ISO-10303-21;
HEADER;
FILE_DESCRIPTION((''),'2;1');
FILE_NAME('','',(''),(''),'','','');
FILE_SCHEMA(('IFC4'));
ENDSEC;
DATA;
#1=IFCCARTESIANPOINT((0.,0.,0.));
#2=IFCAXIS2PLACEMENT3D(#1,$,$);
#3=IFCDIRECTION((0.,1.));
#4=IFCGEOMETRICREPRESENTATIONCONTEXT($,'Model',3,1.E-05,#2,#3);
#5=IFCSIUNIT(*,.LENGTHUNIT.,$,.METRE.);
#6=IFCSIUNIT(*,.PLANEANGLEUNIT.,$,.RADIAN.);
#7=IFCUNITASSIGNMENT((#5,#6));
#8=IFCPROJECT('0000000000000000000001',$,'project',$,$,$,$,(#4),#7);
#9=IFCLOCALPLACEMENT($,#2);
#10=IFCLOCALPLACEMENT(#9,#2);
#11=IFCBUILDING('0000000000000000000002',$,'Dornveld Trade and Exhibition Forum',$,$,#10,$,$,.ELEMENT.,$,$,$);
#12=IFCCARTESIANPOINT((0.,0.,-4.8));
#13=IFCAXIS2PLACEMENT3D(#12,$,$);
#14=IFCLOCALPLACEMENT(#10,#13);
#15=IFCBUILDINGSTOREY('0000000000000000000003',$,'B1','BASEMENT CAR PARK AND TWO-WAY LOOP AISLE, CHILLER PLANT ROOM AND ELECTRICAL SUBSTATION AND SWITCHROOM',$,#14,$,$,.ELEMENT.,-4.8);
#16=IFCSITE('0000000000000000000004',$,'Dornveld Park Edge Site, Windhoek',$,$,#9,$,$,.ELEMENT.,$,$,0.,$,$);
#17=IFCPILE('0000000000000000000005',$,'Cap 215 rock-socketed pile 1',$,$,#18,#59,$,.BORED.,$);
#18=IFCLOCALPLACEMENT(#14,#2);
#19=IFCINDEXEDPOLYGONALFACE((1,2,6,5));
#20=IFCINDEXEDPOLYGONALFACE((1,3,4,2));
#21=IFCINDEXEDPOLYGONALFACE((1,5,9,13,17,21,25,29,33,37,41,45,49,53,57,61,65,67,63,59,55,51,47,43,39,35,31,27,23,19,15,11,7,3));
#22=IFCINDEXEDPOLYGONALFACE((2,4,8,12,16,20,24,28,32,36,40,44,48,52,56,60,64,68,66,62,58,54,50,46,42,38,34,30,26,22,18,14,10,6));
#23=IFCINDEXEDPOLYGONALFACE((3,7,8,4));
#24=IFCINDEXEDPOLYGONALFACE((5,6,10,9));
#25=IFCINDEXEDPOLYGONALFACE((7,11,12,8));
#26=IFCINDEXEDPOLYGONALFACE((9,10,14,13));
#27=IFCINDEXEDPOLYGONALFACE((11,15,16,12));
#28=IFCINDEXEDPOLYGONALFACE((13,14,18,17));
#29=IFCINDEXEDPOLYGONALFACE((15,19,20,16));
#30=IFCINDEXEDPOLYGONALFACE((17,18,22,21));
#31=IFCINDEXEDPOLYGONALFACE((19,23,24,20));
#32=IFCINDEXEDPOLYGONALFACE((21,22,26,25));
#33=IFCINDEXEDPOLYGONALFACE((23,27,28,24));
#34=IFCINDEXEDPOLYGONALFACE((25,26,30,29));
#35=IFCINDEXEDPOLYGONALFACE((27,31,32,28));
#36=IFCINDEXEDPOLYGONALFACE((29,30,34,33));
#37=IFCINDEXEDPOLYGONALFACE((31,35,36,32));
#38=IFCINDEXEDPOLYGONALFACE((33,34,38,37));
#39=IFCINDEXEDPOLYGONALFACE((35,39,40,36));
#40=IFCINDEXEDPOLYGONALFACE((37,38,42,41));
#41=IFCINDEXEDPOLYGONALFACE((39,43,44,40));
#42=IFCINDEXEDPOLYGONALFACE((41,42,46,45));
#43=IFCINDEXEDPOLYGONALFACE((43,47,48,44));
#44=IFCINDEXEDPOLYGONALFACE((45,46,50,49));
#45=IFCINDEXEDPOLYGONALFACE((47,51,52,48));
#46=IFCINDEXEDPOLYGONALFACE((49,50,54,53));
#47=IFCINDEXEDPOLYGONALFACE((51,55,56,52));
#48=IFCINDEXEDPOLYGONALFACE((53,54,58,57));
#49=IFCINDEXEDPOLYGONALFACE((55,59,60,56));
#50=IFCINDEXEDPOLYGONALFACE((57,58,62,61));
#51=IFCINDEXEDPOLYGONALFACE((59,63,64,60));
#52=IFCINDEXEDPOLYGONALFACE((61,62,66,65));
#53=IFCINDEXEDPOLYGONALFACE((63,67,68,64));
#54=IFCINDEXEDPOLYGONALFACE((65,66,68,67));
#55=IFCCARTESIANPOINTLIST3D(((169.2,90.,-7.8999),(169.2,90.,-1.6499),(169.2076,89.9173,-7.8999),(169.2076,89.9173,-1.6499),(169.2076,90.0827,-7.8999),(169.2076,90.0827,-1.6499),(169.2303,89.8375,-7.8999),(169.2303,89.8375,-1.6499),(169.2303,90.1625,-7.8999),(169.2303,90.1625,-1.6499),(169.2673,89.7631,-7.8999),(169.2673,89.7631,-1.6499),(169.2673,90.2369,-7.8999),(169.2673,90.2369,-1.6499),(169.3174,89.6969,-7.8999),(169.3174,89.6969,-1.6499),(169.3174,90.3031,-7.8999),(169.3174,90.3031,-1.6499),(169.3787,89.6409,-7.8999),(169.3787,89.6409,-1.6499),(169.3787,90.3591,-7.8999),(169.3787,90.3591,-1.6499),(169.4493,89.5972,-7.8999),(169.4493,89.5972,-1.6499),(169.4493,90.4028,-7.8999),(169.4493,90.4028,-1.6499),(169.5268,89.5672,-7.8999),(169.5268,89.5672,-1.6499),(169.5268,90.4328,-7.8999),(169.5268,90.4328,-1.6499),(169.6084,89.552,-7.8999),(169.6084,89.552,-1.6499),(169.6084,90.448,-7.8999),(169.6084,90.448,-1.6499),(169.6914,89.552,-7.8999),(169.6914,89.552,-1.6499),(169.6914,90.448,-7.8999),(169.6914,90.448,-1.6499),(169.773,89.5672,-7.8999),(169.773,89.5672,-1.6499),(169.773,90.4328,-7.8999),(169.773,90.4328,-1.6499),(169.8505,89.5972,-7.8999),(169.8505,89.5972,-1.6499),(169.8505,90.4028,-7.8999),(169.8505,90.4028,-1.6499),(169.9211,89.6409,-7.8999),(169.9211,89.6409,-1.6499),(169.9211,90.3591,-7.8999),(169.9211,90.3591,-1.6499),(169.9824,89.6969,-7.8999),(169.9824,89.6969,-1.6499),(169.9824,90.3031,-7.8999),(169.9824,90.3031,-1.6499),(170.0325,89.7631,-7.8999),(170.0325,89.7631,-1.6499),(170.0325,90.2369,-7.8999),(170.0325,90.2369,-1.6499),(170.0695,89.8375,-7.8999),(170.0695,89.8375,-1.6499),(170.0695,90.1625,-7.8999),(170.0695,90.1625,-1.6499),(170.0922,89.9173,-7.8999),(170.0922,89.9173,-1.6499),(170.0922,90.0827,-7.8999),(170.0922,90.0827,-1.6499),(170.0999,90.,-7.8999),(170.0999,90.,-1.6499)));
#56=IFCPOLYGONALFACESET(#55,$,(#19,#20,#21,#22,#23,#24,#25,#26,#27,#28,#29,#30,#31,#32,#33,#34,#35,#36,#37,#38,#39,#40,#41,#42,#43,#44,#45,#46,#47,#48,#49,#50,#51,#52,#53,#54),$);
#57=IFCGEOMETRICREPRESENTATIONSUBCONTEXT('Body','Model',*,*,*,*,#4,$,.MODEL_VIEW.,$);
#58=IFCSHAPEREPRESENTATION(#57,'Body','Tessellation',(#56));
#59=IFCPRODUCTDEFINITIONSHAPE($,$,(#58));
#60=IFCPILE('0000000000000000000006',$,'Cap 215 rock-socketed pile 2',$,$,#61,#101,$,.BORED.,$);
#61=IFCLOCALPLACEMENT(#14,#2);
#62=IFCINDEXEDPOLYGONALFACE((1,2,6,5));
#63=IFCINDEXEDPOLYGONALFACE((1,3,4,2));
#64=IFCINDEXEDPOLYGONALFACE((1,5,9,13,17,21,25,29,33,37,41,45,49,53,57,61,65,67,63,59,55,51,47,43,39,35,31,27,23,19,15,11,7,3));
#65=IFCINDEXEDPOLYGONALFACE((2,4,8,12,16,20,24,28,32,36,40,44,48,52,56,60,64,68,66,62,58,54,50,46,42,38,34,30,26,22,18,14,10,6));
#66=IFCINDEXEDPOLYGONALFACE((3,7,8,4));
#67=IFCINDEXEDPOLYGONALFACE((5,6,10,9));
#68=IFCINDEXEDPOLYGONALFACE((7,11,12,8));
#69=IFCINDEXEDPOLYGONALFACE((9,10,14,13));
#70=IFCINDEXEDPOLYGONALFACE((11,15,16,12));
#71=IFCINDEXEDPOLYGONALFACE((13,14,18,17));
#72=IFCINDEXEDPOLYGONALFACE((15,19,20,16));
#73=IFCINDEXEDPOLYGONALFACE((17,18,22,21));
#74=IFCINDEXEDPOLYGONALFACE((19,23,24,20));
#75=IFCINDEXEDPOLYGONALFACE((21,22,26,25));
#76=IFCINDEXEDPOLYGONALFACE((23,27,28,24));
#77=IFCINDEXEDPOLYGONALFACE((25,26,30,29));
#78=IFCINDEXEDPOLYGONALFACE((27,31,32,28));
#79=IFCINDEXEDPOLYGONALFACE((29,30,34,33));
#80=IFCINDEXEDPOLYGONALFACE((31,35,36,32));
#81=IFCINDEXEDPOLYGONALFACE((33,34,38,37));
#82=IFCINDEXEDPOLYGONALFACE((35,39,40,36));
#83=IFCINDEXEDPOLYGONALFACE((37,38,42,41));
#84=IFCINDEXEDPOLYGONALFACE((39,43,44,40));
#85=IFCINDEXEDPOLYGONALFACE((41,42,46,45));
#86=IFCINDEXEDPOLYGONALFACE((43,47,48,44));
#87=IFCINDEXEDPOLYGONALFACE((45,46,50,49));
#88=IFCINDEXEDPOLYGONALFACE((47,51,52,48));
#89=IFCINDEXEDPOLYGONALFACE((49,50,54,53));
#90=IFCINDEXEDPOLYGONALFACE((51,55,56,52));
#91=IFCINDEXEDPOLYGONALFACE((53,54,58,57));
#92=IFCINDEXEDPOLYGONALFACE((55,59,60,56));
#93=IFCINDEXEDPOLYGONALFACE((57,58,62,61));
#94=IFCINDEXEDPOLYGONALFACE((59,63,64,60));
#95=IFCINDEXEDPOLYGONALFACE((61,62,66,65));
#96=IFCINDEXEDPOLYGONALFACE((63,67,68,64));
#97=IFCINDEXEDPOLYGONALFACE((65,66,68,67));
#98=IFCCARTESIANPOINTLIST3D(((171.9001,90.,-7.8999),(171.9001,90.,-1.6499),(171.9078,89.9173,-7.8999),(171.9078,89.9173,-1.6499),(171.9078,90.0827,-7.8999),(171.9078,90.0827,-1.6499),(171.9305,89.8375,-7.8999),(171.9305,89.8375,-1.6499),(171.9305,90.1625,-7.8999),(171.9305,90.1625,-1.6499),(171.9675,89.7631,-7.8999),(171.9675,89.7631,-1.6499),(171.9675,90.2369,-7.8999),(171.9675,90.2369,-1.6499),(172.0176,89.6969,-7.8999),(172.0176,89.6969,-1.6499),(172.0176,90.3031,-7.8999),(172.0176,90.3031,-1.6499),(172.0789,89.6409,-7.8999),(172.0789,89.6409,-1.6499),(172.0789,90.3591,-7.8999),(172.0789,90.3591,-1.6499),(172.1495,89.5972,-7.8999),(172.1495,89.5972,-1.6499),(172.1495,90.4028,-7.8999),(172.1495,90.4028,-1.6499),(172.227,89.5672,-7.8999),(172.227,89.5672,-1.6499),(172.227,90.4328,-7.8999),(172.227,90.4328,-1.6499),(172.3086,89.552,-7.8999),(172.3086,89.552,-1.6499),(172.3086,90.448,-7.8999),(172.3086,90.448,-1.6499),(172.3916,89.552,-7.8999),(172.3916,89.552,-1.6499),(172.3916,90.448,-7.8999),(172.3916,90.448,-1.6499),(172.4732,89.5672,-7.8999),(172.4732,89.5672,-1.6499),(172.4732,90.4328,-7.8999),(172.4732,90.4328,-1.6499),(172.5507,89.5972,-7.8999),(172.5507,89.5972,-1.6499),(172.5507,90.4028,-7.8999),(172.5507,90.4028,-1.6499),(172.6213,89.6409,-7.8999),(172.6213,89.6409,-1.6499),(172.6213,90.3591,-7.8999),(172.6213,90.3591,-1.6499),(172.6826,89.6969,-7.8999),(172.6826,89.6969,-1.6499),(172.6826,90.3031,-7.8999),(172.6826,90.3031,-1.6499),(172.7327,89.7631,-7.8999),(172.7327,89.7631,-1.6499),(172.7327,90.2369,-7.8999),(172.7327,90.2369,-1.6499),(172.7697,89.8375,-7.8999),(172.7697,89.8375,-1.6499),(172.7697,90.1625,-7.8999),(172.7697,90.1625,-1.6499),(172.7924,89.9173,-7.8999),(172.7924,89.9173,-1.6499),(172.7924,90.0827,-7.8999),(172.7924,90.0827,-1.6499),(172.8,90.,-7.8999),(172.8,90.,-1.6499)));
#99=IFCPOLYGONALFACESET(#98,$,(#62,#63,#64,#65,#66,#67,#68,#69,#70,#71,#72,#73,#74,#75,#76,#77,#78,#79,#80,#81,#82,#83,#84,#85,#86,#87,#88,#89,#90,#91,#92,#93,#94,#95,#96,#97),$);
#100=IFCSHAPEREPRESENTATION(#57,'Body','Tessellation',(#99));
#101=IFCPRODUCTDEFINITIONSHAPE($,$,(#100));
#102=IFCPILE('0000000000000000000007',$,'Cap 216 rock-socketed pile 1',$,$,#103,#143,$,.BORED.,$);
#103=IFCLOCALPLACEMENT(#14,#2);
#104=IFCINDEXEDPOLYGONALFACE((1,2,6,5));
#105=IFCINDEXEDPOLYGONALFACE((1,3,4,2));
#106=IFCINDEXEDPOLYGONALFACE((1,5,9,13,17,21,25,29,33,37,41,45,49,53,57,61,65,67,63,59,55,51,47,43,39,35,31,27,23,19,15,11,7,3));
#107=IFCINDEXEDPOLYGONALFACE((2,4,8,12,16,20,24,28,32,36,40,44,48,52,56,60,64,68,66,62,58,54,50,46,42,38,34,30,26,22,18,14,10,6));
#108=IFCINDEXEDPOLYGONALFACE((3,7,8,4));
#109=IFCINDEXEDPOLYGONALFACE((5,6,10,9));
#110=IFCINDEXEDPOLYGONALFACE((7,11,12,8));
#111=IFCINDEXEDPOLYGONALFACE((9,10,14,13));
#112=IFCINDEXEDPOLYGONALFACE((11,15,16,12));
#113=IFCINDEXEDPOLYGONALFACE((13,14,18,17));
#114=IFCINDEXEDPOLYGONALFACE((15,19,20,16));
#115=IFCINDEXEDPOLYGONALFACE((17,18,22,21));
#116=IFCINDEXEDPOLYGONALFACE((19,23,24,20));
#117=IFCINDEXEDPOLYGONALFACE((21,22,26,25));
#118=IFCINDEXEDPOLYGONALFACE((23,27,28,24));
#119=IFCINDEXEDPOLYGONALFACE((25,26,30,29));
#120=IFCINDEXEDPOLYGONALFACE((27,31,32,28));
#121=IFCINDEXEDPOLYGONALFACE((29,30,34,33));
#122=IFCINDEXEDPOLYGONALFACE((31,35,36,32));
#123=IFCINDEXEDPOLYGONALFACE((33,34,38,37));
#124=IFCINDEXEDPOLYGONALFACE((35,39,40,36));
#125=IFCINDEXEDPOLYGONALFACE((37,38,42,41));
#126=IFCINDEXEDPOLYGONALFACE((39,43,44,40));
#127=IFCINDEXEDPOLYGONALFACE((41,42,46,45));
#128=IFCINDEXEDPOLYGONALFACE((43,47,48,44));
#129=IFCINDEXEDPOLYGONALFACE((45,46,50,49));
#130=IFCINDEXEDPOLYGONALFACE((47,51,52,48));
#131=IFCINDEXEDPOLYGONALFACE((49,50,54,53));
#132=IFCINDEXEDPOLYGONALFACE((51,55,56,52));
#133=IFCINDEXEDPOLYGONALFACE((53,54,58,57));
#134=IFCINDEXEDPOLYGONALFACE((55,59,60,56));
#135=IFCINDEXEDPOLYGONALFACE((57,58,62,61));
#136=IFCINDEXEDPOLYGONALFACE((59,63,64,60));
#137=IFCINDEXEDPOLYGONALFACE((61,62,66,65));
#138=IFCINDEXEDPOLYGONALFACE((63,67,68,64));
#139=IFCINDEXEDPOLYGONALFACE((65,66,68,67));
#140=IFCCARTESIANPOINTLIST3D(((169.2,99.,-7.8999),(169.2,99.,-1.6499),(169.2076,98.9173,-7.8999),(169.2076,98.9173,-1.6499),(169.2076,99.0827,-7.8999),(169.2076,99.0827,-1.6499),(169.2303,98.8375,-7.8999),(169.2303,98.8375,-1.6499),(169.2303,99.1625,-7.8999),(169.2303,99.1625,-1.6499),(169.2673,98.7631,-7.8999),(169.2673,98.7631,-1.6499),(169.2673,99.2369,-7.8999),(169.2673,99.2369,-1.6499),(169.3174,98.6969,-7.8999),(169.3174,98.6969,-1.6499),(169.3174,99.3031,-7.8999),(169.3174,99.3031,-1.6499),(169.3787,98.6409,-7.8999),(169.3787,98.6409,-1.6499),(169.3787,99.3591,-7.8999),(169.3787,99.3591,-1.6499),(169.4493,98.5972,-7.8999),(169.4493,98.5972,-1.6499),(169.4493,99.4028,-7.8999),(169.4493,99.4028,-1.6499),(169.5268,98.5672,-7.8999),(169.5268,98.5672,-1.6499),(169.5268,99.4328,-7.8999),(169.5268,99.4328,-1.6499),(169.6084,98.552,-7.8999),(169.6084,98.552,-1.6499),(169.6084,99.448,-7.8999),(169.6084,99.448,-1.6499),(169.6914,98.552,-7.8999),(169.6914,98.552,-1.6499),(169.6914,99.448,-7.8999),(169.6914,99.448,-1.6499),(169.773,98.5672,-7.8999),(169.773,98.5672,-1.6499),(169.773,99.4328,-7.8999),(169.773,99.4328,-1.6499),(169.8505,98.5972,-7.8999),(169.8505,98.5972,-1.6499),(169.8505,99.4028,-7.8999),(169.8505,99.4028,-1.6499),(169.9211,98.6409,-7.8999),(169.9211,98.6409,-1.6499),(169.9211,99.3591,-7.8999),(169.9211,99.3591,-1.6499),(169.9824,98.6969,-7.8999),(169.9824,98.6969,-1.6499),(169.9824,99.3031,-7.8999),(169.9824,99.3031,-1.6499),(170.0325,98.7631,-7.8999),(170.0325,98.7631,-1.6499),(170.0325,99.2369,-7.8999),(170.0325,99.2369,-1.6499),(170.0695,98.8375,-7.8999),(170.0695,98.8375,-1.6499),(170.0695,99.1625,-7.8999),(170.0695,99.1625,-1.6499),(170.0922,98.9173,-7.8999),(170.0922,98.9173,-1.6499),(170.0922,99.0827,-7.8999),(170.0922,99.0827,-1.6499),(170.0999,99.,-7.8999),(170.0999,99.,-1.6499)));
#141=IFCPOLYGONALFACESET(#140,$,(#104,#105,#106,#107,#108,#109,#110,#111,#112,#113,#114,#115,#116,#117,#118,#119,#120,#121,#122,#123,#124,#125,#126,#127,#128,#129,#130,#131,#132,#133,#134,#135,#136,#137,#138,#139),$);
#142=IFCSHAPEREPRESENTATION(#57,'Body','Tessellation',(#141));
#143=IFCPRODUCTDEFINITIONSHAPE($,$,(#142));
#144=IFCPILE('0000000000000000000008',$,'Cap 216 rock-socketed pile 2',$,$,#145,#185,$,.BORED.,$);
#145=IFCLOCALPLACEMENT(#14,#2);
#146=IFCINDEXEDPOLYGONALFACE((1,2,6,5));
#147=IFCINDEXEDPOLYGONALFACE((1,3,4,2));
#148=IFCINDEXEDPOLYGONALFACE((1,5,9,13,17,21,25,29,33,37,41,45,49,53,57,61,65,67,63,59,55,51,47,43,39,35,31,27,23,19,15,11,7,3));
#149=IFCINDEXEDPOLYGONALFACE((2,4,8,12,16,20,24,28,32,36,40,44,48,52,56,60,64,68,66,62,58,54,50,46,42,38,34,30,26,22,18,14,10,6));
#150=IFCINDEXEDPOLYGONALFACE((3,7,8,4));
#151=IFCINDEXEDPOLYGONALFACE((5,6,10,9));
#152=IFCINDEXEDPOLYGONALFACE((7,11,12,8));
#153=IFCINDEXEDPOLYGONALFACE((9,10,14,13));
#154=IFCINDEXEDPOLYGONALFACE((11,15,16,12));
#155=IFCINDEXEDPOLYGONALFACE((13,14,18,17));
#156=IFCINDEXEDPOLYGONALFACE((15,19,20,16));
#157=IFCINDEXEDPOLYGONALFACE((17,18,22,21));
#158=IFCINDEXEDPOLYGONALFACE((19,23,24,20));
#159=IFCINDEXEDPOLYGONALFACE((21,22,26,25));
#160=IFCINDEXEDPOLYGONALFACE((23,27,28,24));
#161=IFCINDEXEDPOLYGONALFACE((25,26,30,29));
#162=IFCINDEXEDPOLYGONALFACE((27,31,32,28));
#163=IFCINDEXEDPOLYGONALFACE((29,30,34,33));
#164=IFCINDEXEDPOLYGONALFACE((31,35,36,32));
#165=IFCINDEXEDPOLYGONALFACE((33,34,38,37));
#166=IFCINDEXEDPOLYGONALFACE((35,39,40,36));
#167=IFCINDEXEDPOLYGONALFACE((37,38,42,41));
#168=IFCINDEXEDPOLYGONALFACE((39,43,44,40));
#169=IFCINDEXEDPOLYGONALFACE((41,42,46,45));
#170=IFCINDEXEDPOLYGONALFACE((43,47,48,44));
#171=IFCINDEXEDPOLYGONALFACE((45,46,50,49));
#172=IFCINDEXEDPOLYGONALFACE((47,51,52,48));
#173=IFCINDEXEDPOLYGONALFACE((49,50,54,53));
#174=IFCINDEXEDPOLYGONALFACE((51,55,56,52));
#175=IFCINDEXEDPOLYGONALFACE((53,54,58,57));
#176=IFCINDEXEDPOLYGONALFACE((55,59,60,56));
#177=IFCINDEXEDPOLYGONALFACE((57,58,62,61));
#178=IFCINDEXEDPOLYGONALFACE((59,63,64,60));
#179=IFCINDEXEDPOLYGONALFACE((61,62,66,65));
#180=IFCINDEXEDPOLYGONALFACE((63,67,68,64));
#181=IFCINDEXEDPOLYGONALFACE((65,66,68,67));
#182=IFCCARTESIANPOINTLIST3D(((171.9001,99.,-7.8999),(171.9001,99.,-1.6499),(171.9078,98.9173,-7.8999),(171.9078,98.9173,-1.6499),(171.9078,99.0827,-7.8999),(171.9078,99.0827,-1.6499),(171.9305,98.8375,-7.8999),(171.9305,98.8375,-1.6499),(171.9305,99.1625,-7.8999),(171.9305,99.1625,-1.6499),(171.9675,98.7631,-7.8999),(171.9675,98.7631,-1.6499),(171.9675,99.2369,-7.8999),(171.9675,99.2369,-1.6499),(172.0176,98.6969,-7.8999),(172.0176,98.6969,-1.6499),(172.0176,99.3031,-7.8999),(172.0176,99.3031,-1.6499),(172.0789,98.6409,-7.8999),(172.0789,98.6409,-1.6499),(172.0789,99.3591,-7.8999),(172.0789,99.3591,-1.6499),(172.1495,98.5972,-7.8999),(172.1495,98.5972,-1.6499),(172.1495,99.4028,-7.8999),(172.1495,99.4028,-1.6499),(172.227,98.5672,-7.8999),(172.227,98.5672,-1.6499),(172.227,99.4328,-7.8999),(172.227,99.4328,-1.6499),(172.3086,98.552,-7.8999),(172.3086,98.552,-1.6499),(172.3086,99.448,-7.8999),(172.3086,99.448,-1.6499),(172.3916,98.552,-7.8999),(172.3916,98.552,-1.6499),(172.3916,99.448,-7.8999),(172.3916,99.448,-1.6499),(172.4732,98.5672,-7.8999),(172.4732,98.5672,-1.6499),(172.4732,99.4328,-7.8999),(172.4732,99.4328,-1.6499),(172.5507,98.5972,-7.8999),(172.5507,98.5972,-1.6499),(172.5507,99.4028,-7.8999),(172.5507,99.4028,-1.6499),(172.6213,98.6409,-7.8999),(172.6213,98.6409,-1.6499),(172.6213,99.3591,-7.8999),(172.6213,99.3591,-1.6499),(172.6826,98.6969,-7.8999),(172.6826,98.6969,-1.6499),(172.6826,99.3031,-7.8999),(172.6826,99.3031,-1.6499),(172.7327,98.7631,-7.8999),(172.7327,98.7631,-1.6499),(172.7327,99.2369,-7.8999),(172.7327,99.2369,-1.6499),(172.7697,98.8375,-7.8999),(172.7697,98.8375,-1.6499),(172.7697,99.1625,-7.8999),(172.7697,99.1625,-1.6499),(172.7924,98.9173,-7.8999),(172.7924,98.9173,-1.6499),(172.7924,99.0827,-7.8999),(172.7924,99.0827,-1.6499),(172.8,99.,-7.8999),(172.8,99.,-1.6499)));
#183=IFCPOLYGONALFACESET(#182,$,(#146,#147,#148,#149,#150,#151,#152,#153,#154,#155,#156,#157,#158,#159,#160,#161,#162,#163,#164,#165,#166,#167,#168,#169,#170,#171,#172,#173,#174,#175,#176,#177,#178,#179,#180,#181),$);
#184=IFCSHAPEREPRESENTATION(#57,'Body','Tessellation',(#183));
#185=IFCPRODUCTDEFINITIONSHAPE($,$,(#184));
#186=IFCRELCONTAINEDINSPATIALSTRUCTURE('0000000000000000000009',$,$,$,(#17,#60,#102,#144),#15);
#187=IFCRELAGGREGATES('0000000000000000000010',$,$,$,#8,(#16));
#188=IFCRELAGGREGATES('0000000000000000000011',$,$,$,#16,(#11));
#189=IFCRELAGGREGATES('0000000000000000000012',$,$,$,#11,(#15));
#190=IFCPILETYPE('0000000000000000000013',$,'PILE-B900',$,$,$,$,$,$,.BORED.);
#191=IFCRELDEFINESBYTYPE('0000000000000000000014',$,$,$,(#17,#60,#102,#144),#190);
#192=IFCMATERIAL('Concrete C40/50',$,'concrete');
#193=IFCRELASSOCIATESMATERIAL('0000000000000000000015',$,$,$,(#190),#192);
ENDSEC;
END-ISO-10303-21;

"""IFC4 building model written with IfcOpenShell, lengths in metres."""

from ifc_helpers import new_model, si_unit, direction, frame, origin, origin_2d, place, context, subcontext, project, spatial, circle, extrude, material, material_profile, profile_set, type_object, element, save


model = new_model("IFC4")

# Units and contexts
model_context = context("Model", 3, precision=1e-05, world=origin(), true_north=direction((0.0, 1.0)))
body_context = subcontext(model_context, "Body", "Model", "MODEL_VIEW")
ifc_project = project(units=[si_unit("LENGTHUNIT", "METRE"), si_unit("PLANEANGLEUNIT", "RADIAN")], contexts=[model_context])

# Site, building, storey
site_placement = place(None, origin())
site = spatial("IfcSite", under=ifc_project, at=site_placement, Name="Dornveld Park Edge Site, Windhoek", CompositionType="ELEMENT", RefElevation=0.0)
building_placement = place(site_placement, origin())
building = spatial("IfcBuilding", under=site, at=building_placement, Name="Dornveld Trade and Exhibition Forum", CompositionType="ELEMENT")
storey_placement = place(building_placement, frame((0.0, 0.0, -4.8)))
storey = spatial("IfcBuildingStorey", under=building, at=storey_placement, Name="B1", Description="BASEMENT CAR PARK AND TWO-WAY LOOP AISLE, CHILLER PLANT ROOM AND ELECTRICAL SUBSTATION AND SWITCHROOM", CompositionType="ELEMENT", Elevation=-4.8)

# Piles
ifc_material_1 = material(Name="Concrete C40/50", Category="concrete")
ifc_material_profile_1 = material_profile(ifc_material_1, circle(Radius=0.45, at=origin_2d()), Name="PILE D900")
ifc_profile_set_1 = profile_set([ifc_material_profile_1], Name="Concrete C40/50")
pile_type = type_object("IfcPileType", Name="PILE-B900", PredefinedType="BORED", material=ifc_profile_set_1)
for number, where, z_axis, x_axis, name in (
    (1, (169.6499, 90.0, -1.6499), (0.0, 0.0, -1.0), (1.0, 0.0, 0.0), "Cap 215 rock-socketed pile 1"),
    (2, (172.3501, 90.0, -1.6499), (0.0, 0.0, -1.0), (1.0, 0.0, 0.0), "Cap 215 rock-socketed pile 2"),
    (3, (169.6499, 99.0, -1.6499), (0.0, 0.0, -1.0), (1.0, 0.0, 0.0), "Cap 216 rock-socketed pile 1"),
    (4, (172.3501, 99.0, -1.6499), (0.0, 0.0, -1.0), (1.0, 0.0, 0.0), "Cap 216 rock-socketed pile 2"),
):
    element("IfcPile", number, at=place(storey_placement, frame(where, z_axis=z_axis, x_axis=x_axis)), inside=storey, type_object=pile_type, Name=name, PredefinedType="BORED", context=body_context, shape_type="SweptSolid", body=[
        extrude(circle(Radius=0.45, at=origin_2d()), origin(), (0.0, 0.0, 1.0), 6.25),
    ])

save(model, "model.ifc")
